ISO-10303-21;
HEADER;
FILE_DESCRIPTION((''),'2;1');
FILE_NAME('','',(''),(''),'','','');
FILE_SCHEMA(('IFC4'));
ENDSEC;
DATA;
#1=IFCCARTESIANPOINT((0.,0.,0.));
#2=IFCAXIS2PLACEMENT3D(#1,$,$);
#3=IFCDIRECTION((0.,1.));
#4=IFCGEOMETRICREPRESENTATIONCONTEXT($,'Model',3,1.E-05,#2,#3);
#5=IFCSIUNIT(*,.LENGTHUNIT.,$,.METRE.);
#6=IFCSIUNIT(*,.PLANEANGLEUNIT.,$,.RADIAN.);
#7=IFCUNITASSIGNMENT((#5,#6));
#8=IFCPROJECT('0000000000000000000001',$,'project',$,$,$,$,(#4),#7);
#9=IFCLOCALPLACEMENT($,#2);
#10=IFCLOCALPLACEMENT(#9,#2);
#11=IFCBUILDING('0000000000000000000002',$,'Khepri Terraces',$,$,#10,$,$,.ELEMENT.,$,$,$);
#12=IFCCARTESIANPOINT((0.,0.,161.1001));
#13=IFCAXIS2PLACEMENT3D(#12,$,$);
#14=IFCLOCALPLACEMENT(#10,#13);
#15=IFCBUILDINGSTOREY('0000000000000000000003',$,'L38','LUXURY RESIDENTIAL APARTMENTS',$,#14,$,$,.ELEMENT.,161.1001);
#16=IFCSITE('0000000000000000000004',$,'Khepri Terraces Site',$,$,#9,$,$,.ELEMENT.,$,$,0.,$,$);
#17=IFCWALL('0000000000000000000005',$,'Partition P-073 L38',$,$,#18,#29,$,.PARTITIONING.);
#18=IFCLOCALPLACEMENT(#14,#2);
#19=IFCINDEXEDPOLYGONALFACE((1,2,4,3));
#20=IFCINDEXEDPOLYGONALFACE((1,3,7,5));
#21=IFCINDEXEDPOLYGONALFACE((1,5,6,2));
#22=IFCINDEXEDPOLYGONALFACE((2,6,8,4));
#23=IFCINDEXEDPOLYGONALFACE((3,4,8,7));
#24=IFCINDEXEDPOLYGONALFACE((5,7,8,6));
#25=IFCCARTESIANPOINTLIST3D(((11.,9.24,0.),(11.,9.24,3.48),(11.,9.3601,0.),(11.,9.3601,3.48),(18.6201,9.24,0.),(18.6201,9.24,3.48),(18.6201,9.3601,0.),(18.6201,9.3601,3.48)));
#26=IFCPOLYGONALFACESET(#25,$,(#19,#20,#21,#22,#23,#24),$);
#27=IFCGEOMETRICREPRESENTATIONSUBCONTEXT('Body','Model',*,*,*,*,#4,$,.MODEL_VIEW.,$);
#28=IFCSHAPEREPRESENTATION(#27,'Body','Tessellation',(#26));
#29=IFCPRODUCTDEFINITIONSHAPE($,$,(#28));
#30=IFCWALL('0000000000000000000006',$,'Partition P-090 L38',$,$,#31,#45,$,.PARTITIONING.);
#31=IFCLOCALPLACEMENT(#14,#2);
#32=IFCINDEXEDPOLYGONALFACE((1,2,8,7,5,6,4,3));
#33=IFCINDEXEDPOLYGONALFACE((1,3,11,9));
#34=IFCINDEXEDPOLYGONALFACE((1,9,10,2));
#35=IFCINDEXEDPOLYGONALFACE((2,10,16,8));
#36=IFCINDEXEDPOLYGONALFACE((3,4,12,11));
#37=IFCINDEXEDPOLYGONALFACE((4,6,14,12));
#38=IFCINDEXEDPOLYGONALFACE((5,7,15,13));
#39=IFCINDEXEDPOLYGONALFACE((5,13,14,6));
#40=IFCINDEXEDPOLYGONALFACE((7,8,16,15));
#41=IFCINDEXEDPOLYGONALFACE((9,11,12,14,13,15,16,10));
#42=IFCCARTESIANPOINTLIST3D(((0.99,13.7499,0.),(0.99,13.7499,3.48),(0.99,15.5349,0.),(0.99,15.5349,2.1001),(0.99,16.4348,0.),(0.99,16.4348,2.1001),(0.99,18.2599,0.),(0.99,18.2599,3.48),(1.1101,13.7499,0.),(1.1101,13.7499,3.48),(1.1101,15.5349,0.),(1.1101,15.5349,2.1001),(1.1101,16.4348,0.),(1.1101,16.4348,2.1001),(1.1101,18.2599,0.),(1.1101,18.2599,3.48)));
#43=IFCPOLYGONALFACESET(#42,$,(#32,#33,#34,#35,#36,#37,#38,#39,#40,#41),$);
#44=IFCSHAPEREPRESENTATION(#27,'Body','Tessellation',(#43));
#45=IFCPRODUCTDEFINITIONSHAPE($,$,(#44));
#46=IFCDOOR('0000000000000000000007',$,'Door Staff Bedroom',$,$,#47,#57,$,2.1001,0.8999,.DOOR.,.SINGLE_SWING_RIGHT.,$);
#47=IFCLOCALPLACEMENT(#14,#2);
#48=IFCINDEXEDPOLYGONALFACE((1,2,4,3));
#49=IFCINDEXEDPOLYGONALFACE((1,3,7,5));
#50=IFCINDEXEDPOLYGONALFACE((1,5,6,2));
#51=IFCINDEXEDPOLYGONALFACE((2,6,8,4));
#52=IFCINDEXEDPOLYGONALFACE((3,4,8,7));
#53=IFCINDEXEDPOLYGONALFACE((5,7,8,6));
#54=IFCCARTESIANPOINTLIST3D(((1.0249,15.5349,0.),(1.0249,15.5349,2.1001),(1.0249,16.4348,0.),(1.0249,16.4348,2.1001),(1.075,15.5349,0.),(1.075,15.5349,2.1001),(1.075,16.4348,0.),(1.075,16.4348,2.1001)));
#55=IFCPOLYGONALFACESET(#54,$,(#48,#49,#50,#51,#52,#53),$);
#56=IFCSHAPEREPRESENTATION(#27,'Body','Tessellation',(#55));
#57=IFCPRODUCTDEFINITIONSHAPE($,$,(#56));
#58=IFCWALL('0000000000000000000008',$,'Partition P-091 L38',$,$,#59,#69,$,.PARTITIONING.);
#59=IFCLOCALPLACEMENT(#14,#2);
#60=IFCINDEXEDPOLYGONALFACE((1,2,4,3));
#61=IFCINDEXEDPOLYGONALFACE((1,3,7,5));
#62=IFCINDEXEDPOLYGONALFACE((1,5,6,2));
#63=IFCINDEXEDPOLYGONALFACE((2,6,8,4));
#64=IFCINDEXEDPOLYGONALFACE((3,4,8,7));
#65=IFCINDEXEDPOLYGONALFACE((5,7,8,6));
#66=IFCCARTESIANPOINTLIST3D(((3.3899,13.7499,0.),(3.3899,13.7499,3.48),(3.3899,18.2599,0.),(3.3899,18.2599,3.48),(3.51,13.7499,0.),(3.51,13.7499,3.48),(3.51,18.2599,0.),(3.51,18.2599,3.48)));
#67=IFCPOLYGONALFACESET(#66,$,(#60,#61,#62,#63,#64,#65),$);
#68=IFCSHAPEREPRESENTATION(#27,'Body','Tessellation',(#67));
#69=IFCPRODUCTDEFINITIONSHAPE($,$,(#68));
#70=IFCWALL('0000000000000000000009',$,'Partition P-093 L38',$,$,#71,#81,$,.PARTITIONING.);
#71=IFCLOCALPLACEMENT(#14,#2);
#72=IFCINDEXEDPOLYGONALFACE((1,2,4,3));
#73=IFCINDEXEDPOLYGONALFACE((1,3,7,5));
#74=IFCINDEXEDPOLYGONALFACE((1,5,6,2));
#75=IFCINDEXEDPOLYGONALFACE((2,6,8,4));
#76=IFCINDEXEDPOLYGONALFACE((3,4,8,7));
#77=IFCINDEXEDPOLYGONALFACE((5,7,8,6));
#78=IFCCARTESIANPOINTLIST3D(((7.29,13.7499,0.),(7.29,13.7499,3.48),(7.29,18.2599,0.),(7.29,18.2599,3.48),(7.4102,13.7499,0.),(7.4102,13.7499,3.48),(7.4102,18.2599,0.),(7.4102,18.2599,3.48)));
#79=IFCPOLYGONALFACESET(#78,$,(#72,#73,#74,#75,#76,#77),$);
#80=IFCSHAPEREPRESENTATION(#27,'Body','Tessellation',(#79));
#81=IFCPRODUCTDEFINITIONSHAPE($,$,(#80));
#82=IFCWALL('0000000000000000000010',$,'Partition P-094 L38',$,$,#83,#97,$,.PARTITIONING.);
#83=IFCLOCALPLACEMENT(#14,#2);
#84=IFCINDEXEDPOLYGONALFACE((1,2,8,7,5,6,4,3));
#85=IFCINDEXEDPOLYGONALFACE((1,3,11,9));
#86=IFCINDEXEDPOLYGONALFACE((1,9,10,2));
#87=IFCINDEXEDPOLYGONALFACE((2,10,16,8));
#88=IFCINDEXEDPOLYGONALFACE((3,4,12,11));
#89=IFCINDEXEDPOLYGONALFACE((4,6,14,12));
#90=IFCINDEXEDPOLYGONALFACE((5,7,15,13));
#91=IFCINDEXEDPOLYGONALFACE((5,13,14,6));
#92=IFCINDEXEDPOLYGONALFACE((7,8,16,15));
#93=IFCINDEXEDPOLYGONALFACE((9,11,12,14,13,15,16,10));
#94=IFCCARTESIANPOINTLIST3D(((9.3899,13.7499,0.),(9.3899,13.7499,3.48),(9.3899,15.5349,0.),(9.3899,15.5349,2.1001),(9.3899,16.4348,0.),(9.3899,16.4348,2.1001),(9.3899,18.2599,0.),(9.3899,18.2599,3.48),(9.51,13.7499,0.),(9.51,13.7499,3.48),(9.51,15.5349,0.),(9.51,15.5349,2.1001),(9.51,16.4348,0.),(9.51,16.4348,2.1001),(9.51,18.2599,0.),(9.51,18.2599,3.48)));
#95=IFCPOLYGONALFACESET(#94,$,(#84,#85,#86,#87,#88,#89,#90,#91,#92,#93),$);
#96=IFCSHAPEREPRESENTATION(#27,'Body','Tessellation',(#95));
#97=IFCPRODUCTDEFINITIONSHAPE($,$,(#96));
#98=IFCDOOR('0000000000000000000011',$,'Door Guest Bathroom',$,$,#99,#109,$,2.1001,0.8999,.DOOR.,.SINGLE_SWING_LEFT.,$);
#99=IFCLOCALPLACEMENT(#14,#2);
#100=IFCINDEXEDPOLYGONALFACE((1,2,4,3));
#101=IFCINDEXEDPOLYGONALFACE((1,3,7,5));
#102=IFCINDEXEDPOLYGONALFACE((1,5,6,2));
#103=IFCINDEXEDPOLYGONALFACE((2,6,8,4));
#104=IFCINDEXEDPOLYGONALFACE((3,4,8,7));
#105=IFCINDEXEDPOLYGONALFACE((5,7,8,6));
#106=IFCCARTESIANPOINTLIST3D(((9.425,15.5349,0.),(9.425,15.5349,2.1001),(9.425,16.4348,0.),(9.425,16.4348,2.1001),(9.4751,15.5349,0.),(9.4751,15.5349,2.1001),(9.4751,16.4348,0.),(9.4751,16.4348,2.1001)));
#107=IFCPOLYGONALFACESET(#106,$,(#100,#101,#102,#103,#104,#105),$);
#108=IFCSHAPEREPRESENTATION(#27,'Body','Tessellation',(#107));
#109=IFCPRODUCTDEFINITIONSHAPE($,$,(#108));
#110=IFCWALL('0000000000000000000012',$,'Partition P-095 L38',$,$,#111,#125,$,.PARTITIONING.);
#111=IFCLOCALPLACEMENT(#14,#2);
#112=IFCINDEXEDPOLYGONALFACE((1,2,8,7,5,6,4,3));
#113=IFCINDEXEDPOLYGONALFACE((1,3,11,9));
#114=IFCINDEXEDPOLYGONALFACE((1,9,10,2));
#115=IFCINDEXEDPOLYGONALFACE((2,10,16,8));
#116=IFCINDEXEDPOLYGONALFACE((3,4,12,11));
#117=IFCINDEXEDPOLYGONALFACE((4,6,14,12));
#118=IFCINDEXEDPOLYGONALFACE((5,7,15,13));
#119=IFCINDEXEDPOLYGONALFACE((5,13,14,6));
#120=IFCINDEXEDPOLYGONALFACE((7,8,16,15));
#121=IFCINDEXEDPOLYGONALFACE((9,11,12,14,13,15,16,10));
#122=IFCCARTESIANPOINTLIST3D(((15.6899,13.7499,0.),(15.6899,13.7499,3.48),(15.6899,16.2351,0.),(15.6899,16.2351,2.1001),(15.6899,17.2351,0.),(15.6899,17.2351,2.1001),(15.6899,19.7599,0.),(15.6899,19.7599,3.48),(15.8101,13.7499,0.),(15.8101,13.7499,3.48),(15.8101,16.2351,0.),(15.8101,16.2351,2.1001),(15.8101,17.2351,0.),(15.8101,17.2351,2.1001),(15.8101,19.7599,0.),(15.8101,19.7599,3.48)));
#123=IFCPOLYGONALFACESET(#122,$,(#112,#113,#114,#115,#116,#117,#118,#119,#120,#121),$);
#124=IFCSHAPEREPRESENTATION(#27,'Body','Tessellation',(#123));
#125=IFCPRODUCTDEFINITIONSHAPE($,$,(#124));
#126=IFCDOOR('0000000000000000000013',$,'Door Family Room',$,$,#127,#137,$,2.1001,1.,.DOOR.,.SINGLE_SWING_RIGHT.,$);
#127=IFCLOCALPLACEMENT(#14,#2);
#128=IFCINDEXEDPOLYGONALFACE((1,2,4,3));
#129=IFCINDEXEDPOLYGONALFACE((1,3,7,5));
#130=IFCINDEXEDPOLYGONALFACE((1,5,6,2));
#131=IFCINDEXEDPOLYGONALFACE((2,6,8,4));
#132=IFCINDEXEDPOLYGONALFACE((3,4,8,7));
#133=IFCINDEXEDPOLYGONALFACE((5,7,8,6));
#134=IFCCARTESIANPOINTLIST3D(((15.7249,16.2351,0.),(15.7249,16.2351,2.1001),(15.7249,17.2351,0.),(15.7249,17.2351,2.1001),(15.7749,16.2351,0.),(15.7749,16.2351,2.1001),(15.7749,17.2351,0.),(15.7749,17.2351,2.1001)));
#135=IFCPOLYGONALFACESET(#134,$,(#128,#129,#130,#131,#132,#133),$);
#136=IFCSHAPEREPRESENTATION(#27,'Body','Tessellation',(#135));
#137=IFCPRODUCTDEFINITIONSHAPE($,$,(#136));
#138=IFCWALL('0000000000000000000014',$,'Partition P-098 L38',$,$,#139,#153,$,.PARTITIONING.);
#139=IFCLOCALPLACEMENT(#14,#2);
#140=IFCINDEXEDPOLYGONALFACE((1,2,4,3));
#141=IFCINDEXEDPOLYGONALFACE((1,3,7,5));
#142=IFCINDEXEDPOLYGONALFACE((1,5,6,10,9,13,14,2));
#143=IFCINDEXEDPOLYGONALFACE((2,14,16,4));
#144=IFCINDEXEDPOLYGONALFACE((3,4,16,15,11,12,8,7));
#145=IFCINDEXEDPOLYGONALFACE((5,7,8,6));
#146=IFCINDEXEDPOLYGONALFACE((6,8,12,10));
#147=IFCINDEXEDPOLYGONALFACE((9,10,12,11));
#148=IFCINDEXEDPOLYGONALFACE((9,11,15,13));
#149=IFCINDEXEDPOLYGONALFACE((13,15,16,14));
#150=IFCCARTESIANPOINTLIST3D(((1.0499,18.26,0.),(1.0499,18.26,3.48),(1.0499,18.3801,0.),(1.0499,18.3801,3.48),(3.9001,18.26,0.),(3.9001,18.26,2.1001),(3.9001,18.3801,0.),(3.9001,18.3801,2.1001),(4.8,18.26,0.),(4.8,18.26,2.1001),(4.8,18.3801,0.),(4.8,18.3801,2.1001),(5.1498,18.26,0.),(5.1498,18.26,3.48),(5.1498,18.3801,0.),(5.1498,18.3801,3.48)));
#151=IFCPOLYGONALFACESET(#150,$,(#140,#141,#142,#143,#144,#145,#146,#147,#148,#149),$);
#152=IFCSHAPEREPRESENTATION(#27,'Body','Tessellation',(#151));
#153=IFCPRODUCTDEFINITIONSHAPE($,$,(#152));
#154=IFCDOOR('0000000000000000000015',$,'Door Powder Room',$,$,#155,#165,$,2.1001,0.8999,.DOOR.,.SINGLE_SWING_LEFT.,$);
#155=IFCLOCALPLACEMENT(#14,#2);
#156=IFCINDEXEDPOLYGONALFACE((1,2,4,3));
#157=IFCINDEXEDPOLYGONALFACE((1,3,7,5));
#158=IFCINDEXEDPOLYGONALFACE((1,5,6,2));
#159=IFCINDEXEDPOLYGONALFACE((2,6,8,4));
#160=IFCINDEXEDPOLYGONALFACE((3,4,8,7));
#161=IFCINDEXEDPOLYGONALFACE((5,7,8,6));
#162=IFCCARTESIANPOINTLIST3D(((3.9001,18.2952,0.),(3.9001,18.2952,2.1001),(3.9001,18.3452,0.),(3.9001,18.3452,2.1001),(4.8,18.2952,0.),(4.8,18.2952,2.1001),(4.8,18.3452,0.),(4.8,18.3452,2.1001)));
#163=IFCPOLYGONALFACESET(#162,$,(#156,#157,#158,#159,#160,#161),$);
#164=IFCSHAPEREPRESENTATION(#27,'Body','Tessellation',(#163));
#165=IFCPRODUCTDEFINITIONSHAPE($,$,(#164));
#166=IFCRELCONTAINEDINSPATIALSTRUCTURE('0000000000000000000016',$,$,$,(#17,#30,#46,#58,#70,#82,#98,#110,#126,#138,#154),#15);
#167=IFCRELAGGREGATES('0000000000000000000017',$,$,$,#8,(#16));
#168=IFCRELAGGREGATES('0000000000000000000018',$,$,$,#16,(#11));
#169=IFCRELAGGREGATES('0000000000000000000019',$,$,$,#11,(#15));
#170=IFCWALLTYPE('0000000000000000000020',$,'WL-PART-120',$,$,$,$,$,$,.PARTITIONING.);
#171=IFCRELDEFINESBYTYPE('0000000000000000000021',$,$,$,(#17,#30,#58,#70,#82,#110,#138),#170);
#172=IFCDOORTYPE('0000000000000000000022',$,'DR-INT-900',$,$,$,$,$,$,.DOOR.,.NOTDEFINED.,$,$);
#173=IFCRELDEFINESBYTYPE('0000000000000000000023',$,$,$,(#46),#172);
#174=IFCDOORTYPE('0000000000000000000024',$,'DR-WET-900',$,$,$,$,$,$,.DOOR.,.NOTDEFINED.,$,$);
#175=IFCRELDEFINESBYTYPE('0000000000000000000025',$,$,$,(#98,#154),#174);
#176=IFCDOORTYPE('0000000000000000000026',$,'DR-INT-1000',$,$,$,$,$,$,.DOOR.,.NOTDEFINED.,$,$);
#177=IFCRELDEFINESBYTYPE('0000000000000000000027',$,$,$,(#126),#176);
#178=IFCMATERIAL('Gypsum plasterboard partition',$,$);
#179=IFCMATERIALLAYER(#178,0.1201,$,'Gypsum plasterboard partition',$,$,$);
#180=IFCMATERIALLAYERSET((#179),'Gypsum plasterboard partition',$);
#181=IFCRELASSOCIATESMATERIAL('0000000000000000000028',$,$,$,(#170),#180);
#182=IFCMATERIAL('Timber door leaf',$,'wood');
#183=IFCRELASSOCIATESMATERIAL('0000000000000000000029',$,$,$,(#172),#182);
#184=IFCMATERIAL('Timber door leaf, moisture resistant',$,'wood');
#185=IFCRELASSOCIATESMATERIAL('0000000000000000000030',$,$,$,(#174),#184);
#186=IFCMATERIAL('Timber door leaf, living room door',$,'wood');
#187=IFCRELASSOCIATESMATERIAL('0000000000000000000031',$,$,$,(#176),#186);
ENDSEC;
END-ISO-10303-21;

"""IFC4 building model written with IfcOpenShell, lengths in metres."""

from ifc_helpers import new_model, si_unit, direction, frame, frame_2d, origin, place, context, subcontext, project, spatial, rectangle, extrude, material, layer, layer_set, type_object, element, fill, save


model = new_model("IFC4")

# Units and contexts
model_context = context("Model", 3, precision=1e-05, world=origin(), true_north=direction((0.0, 1.0)))
body_context = subcontext(model_context, "Body", "Model", "MODEL_VIEW")
ifc_project = project(units=[si_unit("LENGTHUNIT", "METRE"), si_unit("PLANEANGLEUNIT", "RADIAN")], contexts=[model_context])

# Site, building, storey
site_placement = place(None, origin())
site = spatial("IfcSite", under=ifc_project, at=site_placement, Name="Khepri Terraces Site", CompositionType="ELEMENT", RefElevation=0.0)
building_placement = place(site_placement, origin())
building = spatial("IfcBuilding", under=site, at=building_placement, Name="Khepri Terraces", CompositionType="ELEMENT")
storey_placement = place(building_placement, frame((0.0, 0.0, 161.1001)))
storey = spatial("IfcBuildingStorey", under=building, at=storey_placement, Name="L38", Description="LUXURY RESIDENTIAL APARTMENTS", CompositionType="ELEMENT", Elevation=161.1001)

# Wall
ifc_material_1 = material(Name="Gypsum plasterboard partition")
ifc_layer_1 = layer(ifc_material_1, 0.1201, Name="Gypsum plasterboard partition")
ifc_layer_set_1 = layer_set([ifc_layer_1], Name="Gypsum plasterboard partition")
wall_type_1 = type_object("IfcWallType", Name="WL-PART-120", PredefinedType="PARTITIONING", material=ifc_layer_set_1)
wall_1_placement = place(storey_placement, frame((11.0, 9.3, 0.0), z_axis=(0.0, 0.0, 1.0), x_axis=(1.0, 0.0, 0.0)))
element("IfcWall", 1, at=wall_1_placement, inside=storey, type_object=wall_type_1, Name="Partition P-073 L38", PredefinedType="PARTITIONING", context=body_context, shape_type="SweptSolid", body=[
    extrude(rectangle(XDim=7.6201, YDim=0.1201, at=frame_2d((3.8101, 0.0))), origin(), (0.0, 0.0, 1.0), 3.48),
])

# Wall, opening, door
wall_2_placement = place(storey_placement, frame((1.05, 13.75, 0.0), z_axis=(0.0, 0.0, 1.0), x_axis=(0.0, 1.0, 0.0)))
wall_2 = element("IfcWall", 2, at=wall_2_placement, inside=storey, type_object=wall_type_1, Name="Partition P-090 L38", PredefinedType="PARTITIONING", context=body_context, shape_type="SweptSolid", body=[
    extrude(rectangle(XDim=4.51, YDim=0.1201, at=frame_2d((2.2549, 0.0))), origin(), (0.0, 0.0, 1.0), 3.48),
])
opening_1_placement = place(wall_2_placement, frame((1.7849, 0.0, 0.0)))
opening_1 = element("IfcOpeningElement", 3, at=opening_1_placement, cuts=wall_2, PredefinedType="OPENING", context=body_context, shape_type="SweptSolid", body=[
    extrude(rectangle(XDim=0.8999, YDim=2.1001, at=frame_2d((0.45, 1.05))), frame((0.0, 0.0701, 0.0), z_axis=(0.0, -1.0, 0.0), x_axis=(1.0, 0.0, 0.0)), (0.0, 0.0, 1.0), 0.1401),
])
ifc_material_2 = material(Name="Timber door leaf", Category="wood")
door_type_1 = type_object("IfcDoorType", Name="DR-INT-900", OperationType="NOTDEFINED", PredefinedType="DOOR", material=ifc_material_2)
door_1_placement = place(opening_1_placement, frame((0.8999, 0.0, 0.0), z_axis=(0.0, 0.0, 1.0), x_axis=(-1.0, 0.0, 0.0)))
door_1 = element("IfcDoor", 4, at=door_1_placement, inside=storey, type_object=door_type_1, Name="Door Staff Bedroom", OperationType="SINGLE_SWING_RIGHT", OverallHeight=2.1001, OverallWidth=0.8999, PredefinedType="DOOR", context=body_context, shape_type="SweptSolid", body=[
    extrude(rectangle(XDim=0.8999, YDim=2.1001, at=frame_2d((0.45, 1.05))), frame((0.0, 0.0249, 0.0), z_axis=(0.0, -1.0, 0.0), x_axis=(1.0, 0.0, 0.0)), (0.0, 0.0, 1.0), 0.05),
])
fill(opening_1, door_1)

# Walls
for number, where, z_axis, x_axis, name in (
    (5, (3.45, 13.75, 0.0), (0.0, 0.0, 1.0), (0.0, 1.0, 0.0), "Partition P-091 L38"),
    (6, (7.3501, 13.75, 0.0), (0.0, 0.0, 1.0), (0.0, 1.0, 0.0), "Partition P-093 L38"),
):
    element("IfcWall", number, at=place(storey_placement, frame(where, z_axis=z_axis, x_axis=x_axis)), inside=storey, type_object=wall_type_1, Name=name, PredefinedType="PARTITIONING", context=body_context, shape_type="SweptSolid", body=[
        extrude(rectangle(XDim=4.51, YDim=0.1201, at=frame_2d((2.2549, 0.0))), origin(), (0.0, 0.0, 1.0), 3.48),
    ])

# Walls, openings, doors
wall_3_placement = place(storey_placement, frame((9.45, 13.75, 0.0), z_axis=(0.0, 0.0, 1.0), x_axis=(0.0, 1.0, 0.0)))
wall_3 = element("IfcWall", 7, at=wall_3_placement, inside=storey, type_object=wall_type_1, Name="Partition P-094 L38", PredefinedType="PARTITIONING", context=body_context, shape_type="SweptSolid", body=[
    extrude(rectangle(XDim=4.51, YDim=0.1201, at=frame_2d((2.2549, 0.0))), origin(), (0.0, 0.0, 1.0), 3.48),
])
opening_2_placement = place(wall_3_placement, frame((1.7849, 0.0, 0.0)))
opening_2 = element("IfcOpeningElement", 8, at=opening_2_placement, cuts=wall_3, PredefinedType="OPENING", context=body_context, shape_type="SweptSolid", body=[
    extrude(rectangle(XDim=0.8999, YDim=2.1001, at=frame_2d((0.45, 1.05))), frame((0.0, 0.0701, 0.0), z_axis=(0.0, -1.0, 0.0), x_axis=(1.0, 0.0, 0.0)), (0.0, 0.0, 1.0), 0.1401),
])
ifc_material_3 = material(Name="Timber door leaf, moisture resistant", Category="wood")
door_type_2 = type_object("IfcDoorType", Name="DR-WET-900", OperationType="NOTDEFINED", PredefinedType="DOOR", material=ifc_material_3)
door_2_placement = place(opening_2_placement, origin())
door_2 = element("IfcDoor", 9, at=door_2_placement, inside=storey, type_object=door_type_2, Name="Door Guest Bathroom", OperationType="SINGLE_SWING_LEFT", OverallHeight=2.1001, OverallWidth=0.8999, PredefinedType="DOOR", context=body_context, shape_type="SweptSolid", body=[
    extrude(rectangle(XDim=0.8999, YDim=2.1001, at=frame_2d((0.45, 1.05))), frame((0.0, 0.0249, 0.0), z_axis=(0.0, -1.0, 0.0), x_axis=(1.0, 0.0, 0.0)), (0.0, 0.0, 1.0), 0.05),
])
fill(opening_2, door_2)
wall_4_placement = place(storey_placement, frame((15.75, 13.75, 0.0), z_axis=(0.0, 0.0, 1.0), x_axis=(0.0, 1.0, 0.0)))
wall_4 = element("IfcWall", 10, at=wall_4_placement, inside=storey, type_object=wall_type_1, Name="Partition P-095 L38", PredefinedType="PARTITIONING", context=body_context, shape_type="SweptSolid", body=[
    extrude(rectangle(XDim=6.01, YDim=0.1201, at=frame_2d((3.0049, 0.0))), origin(), (0.0, 0.0, 1.0), 3.48),
])
opening_3_placement = place(wall_4_placement, frame((2.4851, 0.0, 0.0)))
opening_3 = element("IfcOpeningElement", 11, at=opening_3_placement, cuts=wall_4, PredefinedType="OPENING", context=body_context, shape_type="SweptSolid", body=[
    extrude(rectangle(XDim=1.0, YDim=2.1001, at=frame_2d((0.5, 1.05))), frame((0.0, 0.0701, 0.0), z_axis=(0.0, -1.0, 0.0), x_axis=(1.0, 0.0, 0.0)), (0.0, 0.0, 1.0), 0.1401),
])
ifc_material_4 = material(Name="Timber door leaf, living room door", Category="wood")
door_type_3 = type_object("IfcDoorType", Name="DR-INT-1000", OperationType="NOTDEFINED", PredefinedType="DOOR", material=ifc_material_4)
door_3_placement = place(opening_3_placement, frame((1.0, 0.0, 0.0), z_axis=(0.0, 0.0, 1.0), x_axis=(-1.0, 0.0, 0.0)))
door_3 = element("IfcDoor", 12, at=door_3_placement, inside=storey, type_object=door_type_3, Name="Door Family Room", OperationType="SINGLE_SWING_RIGHT", OverallHeight=2.1001, OverallWidth=1.0, PredefinedType="DOOR", context=body_context, shape_type="SweptSolid", body=[
    extrude(rectangle(XDim=1.0, YDim=2.1001, at=frame_2d((0.5, 1.05))), frame((0.0, 0.0249, 0.0), z_axis=(0.0, -1.0, 0.0), x_axis=(1.0, 0.0, 0.0)), (0.0, 0.0, 1.0), 0.05),
])
fill(opening_3, door_3)
wall_5_placement = place(storey_placement, frame((1.05, 18.3201, 0.0), z_axis=(0.0, 0.0, 1.0), x_axis=(1.0, 0.0, 0.0)))
wall_5 = element("IfcWall", 13, at=wall_5_placement, inside=storey, type_object=wall_type_1, Name="Partition P-098 L38", PredefinedType="PARTITIONING", context=body_context, shape_type="SweptSolid", body=[
    extrude(rectangle(XDim=4.0999, YDim=0.1201, at=frame_2d((2.0498, 0.0))), origin(), (0.0, 0.0, 1.0), 3.48),
])
opening_4_placement = place(wall_5_placement, frame((2.8501, 0.0, 0.0)))
opening_4 = element("IfcOpeningElement", 14, at=opening_4_placement, cuts=wall_5, PredefinedType="OPENING", context=body_context, shape_type="SweptSolid", body=[
    extrude(rectangle(XDim=0.8999, YDim=2.1001, at=frame_2d((0.45, 1.05))), frame((0.0, 0.0701, 0.0), z_axis=(0.0, -1.0, 0.0), x_axis=(1.0, 0.0, 0.0)), (0.0, 0.0, 1.0), 0.1401),
])
door_4_placement = place(opening_4_placement, frame((0.8999, 0.0, 0.0), z_axis=(0.0, 0.0, 1.0), x_axis=(-1.0, 0.0, 0.0)))
door_4 = element("IfcDoor", 15, at=door_4_placement, inside=storey, type_object=door_type_2, Name="Door Powder Room", OperationType="SINGLE_SWING_LEFT", OverallHeight=2.1001, OverallWidth=0.8999, PredefinedType="DOOR", context=body_context, shape_type="SweptSolid", body=[
    extrude(rectangle(XDim=0.8999, YDim=2.1001, at=frame_2d((0.45, 1.05))), frame((0.0, 0.0249, 0.0), z_axis=(0.0, -1.0, 0.0), x_axis=(1.0, 0.0, 0.0)), (0.0, 0.0, 1.0), 0.05),
])
fill(opening_4, door_4)

save(model, "model.ifc")
